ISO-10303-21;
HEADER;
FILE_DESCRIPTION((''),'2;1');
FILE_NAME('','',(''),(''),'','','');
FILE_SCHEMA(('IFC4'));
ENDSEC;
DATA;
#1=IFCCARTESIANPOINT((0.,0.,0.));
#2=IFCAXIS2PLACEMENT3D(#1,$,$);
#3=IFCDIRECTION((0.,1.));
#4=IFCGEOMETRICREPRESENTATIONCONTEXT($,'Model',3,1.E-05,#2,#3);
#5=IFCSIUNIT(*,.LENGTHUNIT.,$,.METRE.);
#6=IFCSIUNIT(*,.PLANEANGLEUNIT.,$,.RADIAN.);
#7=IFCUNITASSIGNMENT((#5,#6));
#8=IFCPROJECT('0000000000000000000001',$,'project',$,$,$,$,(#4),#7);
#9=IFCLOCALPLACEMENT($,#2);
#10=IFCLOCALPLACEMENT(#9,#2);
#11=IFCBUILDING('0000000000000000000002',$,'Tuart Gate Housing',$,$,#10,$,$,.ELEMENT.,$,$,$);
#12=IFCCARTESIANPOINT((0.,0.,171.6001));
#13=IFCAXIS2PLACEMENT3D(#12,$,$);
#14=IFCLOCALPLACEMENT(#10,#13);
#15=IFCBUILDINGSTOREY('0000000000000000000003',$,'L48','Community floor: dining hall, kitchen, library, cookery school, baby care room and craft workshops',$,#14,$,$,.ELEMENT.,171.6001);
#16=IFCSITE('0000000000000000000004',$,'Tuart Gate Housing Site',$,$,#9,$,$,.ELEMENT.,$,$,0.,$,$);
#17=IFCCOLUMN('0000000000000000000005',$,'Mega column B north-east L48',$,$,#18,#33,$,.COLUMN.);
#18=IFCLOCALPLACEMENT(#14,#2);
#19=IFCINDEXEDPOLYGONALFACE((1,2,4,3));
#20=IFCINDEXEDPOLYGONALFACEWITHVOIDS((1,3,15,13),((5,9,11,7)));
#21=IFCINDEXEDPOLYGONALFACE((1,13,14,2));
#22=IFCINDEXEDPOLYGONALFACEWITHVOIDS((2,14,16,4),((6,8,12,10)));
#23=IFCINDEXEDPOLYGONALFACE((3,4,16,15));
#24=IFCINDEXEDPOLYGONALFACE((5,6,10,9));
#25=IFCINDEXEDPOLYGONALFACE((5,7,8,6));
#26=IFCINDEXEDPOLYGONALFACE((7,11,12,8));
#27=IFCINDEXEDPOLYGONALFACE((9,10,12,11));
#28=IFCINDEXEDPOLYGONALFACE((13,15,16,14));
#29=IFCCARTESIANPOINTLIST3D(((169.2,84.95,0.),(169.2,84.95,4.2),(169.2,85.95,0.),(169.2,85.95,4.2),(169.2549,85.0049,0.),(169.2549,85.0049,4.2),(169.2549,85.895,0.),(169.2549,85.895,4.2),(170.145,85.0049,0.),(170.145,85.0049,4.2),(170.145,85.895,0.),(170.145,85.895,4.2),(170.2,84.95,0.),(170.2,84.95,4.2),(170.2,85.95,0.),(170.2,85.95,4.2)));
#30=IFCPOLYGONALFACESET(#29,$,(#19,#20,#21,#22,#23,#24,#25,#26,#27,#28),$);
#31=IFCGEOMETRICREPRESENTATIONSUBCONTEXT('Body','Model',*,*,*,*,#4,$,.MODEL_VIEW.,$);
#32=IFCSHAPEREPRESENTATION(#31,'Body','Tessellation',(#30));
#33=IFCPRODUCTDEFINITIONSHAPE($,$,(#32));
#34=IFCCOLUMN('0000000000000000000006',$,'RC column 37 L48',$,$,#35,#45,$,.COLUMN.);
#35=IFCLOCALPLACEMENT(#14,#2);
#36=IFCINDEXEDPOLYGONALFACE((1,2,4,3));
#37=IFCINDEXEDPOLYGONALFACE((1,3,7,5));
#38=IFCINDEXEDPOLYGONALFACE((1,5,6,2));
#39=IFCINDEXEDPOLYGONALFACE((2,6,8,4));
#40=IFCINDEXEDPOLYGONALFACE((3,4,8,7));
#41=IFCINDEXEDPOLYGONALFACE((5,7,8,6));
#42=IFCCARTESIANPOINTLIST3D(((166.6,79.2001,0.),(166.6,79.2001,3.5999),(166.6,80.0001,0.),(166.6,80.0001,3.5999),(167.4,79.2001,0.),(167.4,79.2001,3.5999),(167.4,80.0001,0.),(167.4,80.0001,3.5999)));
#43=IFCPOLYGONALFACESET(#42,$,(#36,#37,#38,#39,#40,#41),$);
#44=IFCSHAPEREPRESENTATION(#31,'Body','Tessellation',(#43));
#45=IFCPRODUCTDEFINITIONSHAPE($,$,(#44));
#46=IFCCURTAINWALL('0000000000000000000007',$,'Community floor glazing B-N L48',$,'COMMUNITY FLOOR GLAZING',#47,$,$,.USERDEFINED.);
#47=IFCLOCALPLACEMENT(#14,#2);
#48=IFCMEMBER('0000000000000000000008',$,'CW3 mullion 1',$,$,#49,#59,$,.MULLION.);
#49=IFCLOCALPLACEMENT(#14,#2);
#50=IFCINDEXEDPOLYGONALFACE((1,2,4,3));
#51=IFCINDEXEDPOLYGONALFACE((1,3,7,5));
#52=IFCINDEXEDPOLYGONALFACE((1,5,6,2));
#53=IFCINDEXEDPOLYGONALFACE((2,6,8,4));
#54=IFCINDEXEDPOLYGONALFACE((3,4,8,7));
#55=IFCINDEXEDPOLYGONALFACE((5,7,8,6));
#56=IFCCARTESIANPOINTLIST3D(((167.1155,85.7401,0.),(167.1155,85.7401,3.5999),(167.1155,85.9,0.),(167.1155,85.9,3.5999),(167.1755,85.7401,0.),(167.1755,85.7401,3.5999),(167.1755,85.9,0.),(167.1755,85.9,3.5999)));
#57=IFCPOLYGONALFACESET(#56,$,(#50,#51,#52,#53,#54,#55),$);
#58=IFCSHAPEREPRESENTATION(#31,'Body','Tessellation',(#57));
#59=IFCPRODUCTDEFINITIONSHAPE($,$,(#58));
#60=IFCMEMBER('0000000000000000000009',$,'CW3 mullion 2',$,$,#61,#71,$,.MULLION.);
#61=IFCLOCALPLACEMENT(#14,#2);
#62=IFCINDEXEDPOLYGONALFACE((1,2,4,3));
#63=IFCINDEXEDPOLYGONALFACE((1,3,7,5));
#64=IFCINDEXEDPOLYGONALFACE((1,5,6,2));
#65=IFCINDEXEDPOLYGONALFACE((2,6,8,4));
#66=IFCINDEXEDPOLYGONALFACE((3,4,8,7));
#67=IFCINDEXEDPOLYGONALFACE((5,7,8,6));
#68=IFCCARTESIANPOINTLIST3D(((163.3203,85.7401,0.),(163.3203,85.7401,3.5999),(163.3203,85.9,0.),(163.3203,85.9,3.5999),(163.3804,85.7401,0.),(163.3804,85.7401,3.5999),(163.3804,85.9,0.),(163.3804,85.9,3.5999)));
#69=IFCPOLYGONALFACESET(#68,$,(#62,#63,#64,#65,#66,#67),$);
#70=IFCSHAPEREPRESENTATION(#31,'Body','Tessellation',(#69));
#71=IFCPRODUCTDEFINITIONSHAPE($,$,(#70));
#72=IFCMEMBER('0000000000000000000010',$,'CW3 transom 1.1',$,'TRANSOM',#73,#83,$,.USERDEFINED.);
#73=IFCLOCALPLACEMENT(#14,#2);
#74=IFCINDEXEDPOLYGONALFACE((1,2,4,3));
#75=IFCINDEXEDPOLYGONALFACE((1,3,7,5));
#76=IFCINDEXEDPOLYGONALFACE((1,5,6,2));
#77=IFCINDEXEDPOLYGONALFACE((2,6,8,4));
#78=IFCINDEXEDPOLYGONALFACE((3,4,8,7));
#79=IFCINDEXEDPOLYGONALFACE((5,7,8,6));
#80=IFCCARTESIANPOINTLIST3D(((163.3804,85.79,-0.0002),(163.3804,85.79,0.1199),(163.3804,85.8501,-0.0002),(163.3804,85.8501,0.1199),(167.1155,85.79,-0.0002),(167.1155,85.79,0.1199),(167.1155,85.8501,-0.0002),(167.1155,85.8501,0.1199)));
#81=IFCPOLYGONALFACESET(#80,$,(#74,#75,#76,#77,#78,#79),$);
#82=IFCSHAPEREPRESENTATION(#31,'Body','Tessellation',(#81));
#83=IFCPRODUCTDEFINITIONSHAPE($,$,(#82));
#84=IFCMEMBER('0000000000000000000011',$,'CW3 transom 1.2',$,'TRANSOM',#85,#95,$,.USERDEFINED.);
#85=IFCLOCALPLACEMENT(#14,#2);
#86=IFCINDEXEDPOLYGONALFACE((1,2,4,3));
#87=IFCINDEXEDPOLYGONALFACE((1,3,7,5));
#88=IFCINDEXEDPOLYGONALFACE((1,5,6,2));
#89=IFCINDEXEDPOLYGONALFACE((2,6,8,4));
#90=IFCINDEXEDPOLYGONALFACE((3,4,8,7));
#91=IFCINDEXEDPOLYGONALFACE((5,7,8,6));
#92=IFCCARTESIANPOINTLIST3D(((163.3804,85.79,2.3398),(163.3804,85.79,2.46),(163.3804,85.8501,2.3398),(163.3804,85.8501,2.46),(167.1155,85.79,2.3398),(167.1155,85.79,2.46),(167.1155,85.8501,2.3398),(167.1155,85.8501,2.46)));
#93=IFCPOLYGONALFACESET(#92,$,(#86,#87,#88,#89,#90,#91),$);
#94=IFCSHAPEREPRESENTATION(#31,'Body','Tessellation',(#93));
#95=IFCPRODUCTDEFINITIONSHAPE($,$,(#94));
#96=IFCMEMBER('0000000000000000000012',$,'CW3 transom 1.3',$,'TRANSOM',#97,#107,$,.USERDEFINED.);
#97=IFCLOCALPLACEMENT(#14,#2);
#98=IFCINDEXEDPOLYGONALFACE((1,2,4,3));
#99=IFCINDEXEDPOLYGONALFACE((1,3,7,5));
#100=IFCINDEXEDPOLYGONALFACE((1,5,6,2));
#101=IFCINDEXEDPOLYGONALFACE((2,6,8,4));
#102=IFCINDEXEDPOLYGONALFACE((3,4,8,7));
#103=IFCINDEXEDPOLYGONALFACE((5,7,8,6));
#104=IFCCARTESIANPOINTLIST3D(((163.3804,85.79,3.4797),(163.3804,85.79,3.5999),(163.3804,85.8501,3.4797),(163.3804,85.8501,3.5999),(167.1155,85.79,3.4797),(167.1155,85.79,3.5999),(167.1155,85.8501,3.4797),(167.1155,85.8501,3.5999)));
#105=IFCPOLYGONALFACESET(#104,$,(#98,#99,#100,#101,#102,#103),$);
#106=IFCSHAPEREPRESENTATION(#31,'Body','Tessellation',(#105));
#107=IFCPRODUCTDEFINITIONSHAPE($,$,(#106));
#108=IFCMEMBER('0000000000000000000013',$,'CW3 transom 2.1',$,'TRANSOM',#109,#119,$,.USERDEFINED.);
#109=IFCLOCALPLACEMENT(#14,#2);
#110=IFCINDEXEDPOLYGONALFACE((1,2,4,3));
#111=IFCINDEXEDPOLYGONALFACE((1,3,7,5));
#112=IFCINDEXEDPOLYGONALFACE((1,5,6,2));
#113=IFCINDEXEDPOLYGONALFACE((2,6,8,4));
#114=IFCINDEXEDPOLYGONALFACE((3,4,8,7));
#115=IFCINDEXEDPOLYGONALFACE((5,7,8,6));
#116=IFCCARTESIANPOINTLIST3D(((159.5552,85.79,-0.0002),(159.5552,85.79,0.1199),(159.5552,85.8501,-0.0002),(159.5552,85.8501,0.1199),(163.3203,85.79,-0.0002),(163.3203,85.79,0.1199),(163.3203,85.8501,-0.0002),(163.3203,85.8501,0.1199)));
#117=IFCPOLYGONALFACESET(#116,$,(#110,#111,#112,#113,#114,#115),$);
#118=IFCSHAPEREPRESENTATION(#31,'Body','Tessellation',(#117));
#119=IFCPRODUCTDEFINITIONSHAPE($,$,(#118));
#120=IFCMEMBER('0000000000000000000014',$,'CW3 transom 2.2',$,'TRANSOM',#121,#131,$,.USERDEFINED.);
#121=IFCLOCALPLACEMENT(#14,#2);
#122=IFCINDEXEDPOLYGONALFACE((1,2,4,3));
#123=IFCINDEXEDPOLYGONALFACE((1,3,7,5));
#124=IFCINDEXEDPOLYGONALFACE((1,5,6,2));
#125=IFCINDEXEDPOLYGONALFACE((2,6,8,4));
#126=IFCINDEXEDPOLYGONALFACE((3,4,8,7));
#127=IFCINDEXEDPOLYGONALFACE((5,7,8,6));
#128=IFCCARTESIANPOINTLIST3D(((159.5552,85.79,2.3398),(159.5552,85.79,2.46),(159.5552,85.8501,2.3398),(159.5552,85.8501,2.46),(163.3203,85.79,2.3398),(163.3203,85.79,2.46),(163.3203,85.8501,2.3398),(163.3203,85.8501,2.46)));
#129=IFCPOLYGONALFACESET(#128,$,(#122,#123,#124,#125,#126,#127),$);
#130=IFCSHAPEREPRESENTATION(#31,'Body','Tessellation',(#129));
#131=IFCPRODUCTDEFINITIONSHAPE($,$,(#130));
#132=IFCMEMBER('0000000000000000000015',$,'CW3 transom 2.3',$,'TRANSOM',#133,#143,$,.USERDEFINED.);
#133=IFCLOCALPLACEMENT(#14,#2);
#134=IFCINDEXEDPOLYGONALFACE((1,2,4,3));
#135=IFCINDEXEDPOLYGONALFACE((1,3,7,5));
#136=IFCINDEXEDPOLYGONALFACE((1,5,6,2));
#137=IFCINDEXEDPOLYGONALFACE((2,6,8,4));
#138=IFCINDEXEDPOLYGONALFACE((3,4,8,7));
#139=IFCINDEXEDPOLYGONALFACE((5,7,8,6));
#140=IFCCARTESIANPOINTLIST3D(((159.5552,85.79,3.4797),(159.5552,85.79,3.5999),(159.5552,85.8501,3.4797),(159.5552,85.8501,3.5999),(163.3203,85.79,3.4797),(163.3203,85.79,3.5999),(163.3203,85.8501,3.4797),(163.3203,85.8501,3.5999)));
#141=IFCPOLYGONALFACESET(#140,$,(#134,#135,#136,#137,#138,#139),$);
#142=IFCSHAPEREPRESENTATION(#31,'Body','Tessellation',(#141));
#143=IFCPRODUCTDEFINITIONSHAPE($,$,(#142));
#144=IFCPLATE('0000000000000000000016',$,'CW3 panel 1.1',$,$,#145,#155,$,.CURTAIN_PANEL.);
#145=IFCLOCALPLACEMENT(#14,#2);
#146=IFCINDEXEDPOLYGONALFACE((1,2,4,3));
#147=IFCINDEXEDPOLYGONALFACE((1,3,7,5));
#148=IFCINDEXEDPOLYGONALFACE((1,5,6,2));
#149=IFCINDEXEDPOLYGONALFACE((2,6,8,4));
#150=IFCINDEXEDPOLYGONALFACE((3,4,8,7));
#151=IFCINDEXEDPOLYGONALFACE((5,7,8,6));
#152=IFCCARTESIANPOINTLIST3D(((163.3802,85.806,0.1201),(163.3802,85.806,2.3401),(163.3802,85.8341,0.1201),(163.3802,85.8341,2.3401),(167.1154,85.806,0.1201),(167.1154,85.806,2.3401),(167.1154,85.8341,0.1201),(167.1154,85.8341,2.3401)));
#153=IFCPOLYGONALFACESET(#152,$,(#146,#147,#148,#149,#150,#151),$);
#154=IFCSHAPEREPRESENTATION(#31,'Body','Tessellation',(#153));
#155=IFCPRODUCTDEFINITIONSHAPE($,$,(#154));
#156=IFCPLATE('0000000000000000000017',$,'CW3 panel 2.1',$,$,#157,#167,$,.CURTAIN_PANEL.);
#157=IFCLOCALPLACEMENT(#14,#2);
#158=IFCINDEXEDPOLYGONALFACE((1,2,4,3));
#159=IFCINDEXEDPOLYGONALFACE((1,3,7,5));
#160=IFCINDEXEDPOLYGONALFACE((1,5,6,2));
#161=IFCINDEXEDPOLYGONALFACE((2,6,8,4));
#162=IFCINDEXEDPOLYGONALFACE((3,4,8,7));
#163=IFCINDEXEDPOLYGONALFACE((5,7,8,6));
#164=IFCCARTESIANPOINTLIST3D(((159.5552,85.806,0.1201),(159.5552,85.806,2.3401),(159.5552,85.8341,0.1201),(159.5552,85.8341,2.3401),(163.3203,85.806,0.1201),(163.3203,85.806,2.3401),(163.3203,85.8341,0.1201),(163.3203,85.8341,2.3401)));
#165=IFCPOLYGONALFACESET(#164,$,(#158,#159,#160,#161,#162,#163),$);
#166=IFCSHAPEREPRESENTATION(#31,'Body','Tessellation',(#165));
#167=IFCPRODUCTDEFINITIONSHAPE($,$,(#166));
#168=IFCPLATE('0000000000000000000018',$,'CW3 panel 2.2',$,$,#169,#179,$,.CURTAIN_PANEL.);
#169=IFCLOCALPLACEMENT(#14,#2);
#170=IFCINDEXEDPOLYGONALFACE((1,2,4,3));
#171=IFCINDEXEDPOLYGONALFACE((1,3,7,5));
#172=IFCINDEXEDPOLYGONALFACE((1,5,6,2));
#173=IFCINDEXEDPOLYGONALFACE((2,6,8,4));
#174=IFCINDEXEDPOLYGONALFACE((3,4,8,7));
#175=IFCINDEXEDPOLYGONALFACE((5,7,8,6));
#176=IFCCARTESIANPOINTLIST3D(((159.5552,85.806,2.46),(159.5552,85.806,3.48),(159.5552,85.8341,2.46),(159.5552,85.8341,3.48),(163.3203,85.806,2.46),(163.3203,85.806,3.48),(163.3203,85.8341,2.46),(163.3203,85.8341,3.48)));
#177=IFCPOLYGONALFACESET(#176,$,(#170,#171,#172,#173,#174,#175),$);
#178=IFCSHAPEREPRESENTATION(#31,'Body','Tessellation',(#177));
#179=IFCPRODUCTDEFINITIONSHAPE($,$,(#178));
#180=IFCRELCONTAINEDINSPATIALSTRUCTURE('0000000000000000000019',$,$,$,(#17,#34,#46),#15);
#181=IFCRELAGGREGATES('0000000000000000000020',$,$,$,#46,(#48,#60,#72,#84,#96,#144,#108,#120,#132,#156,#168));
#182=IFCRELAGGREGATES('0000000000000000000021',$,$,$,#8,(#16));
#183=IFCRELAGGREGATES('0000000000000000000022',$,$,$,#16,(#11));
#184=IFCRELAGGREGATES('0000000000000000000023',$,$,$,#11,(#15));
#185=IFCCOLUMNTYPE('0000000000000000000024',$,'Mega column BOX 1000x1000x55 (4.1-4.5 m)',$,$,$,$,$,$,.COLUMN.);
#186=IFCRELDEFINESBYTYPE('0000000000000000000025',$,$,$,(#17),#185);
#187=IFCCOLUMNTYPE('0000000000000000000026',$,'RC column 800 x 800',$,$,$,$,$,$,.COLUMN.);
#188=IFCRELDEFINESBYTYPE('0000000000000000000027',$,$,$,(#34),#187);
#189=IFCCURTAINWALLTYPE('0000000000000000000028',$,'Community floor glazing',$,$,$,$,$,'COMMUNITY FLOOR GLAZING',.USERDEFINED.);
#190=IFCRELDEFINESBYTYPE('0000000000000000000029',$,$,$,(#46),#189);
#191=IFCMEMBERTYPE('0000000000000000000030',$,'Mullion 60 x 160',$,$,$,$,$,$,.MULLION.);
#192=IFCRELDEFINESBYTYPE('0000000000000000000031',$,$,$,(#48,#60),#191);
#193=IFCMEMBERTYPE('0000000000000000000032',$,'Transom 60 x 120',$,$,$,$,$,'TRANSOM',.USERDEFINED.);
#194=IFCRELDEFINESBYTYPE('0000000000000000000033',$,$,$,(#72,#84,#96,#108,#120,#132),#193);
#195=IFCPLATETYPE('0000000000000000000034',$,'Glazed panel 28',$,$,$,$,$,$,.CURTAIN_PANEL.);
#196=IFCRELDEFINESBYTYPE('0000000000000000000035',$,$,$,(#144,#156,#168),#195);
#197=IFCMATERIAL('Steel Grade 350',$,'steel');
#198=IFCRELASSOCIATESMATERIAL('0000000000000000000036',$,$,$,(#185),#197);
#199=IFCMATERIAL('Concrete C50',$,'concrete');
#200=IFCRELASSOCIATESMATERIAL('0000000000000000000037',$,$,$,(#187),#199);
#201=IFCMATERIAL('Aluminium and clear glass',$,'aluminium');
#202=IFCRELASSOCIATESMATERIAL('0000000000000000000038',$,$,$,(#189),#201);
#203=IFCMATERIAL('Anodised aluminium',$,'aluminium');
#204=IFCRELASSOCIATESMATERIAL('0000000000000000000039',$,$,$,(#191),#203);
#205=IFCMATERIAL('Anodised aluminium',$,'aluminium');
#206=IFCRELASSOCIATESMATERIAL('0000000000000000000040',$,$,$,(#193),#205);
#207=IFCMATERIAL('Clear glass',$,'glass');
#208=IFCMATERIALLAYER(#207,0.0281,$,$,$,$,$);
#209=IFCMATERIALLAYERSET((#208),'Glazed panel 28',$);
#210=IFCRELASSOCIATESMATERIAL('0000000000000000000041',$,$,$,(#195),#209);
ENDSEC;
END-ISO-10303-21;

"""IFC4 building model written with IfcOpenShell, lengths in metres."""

from ifc_helpers import new_model, si_unit, direction, frame, origin, origin_2d, place, context, subcontext, project, spatial, rectangle, hollow_rectangle, extrude, material, layer, layer_set, material_profile, profile_set, type_object, element, aggregate, save


model = new_model("IFC4")

# Units and contexts
model_context = context("Model", 3, precision=1e-05, world=origin(), true_north=direction((0.0, 1.0)))
body_context = subcontext(model_context, "Body", "Model", "MODEL_VIEW")
ifc_project = project(units=[si_unit("LENGTHUNIT", "METRE"), si_unit("PLANEANGLEUNIT", "RADIAN")], contexts=[model_context])

# Site, building, storey
site_placement = place(None, origin())
site = spatial("IfcSite", under=ifc_project, at=site_placement, Name="Tuart Gate Housing Site", CompositionType="ELEMENT", RefElevation=0.0)
building_placement = place(site_placement, origin())
building = spatial("IfcBuilding", under=site, at=building_placement, Name="Tuart Gate Housing", CompositionType="ELEMENT")
storey_placement = place(building_placement, frame((0.0, 0.0, 171.6001)))
storey = spatial("IfcBuildingStorey", under=building, at=storey_placement, Name="L48", Description="Community floor: dining hall, kitchen, library, cookery school, baby care room and craft workshops", CompositionType="ELEMENT", Elevation=171.6001)

# Columns
ifc_material_1 = material(Name="Steel Grade 350", Category="steel")
ifc_material_profile_1 = material_profile(ifc_material_1, hollow_rectangle(XDim=1.0, YDim=1.0, WallThickness=0.0549, at=origin_2d()), Name="BOX 1000x1000x55")
ifc_profile_set_1 = profile_set([ifc_material_profile_1], Name="Steel Grade 350")
column_type_1 = type_object("IfcColumnType", Name="Mega column BOX 1000x1000x55 (4.1-4.5 m)", PredefinedType="COLUMN", material=ifc_profile_set_1)
column_1_placement = place(storey_placement, frame((169.7, 85.45, 0.0), z_axis=(0.0, 0.0, 1.0), x_axis=(1.0, 0.0, 0.0)))
element("IfcColumn", 1, at=column_1_placement, inside=storey, type_object=column_type_1, Name="Mega column B north-east L48", PredefinedType="COLUMN", context=body_context, shape_type="SweptSolid", body=[
    extrude(hollow_rectangle(XDim=1.0, YDim=1.0, WallThickness=0.0549, at=origin_2d()), origin(), (0.0, 0.0, 1.0), 4.2),
])
ifc_material_2 = material(Name="Concrete C50", Category="concrete")
ifc_material_profile_2 = material_profile(ifc_material_2, rectangle(XDim=0.8, YDim=0.8, at=origin_2d()), Name="RC column 800 x 800")
ifc_profile_set_2 = profile_set([ifc_material_profile_2], Name="Concrete C50")
column_type_2 = type_object("IfcColumnType", Name="RC column 800 x 800", PredefinedType="COLUMN", material=ifc_profile_set_2)
column_2_placement = place(storey_placement, frame((167.0, 79.6001, 0.0), z_axis=(0.0, 0.0, 1.0), x_axis=(1.0, 0.0, 0.0)))
element("IfcColumn", 2, at=column_2_placement, inside=storey, type_object=column_type_2, Name="RC column 37 L48", PredefinedType="COLUMN", context=body_context, shape_type="SweptSolid", body=[
    extrude(rectangle(XDim=0.8, YDim=0.8, at=origin_2d()), origin(), (0.0, 0.0, 1.0), 3.5999),
])

# Curtain wall, members, plates
ifc_material_3 = material(Name="Aluminium and clear glass", Category="aluminium")
curtain_wall_type = type_object("IfcCurtainWallType", Name="Community floor glazing", ElementType="COMMUNITY FLOOR GLAZING", PredefinedType="USERDEFINED", material=ifc_material_3)
curtain_wall_placement = place(storey_placement, origin())
curtain_wall = element("IfcCurtainWall", 3, at=curtain_wall_placement, inside=storey, type_object=curtain_wall_type, Name="Community floor glazing B-N L48", ObjectType="COMMUNITY FLOOR GLAZING", PredefinedType="USERDEFINED")
ifc_material_4 = material(Name="Anodised aluminium", Category="aluminium")
ifc_material_profile_3 = material_profile(ifc_material_4, rectangle(XDim=0.0601, YDim=0.1599, at=origin_2d()), Name="60x160")
ifc_profile_set_3 = profile_set([ifc_material_profile_3], Name="Anodised aluminium")
member_type_1 = type_object("IfcMemberType", Name="Mullion 60 x 160", PredefinedType="MULLION", material=ifc_profile_set_3)
member_1_placement = place(storey_placement, frame((167.1455, 85.8201, 0.0), z_axis=(0.0, 0.0, 1.0), x_axis=(-1.0, 0.0, 0.0)))
member_1 = element("IfcMember", 4, at=member_1_placement, type_object=member_type_1, Name="CW3 mullion 1", PredefinedType="MULLION", context=body_context, shape_type="SweptSolid", body=[
    extrude(rectangle(XDim=0.0601, YDim=0.1599, at=origin_2d()), origin(), (0.0, 0.0, 1.0), 3.5999),
])
member_2_placement = place(storey_placement, frame((163.3503, 85.8201, 0.0), z_axis=(0.0, 0.0, 1.0), x_axis=(-1.0, 0.0, 0.0)))
member_2 = element("IfcMember", 5, at=member_2_placement, type_object=member_type_1, Name="CW3 mullion 2", PredefinedType="MULLION", context=body_context, shape_type="SweptSolid", body=[
    extrude(rectangle(XDim=0.0601, YDim=0.1599, at=origin_2d()), origin(), (0.0, 0.0, 1.0), 3.5999),
])
ifc_material_5 = material(Name="Anodised aluminium", Category="aluminium")
ifc_material_profile_4 = material_profile(ifc_material_5, rectangle(XDim=0.0601, YDim=0.1201, at=origin_2d()), Name="60x120")
ifc_profile_set_4 = profile_set([ifc_material_profile_4], Name="Anodised aluminium")
member_type_2 = type_object("IfcMemberType", Name="Transom 60 x 120", ElementType="TRANSOM", PredefinedType="USERDEFINED", material=ifc_profile_set_4)
member_3_placement = place(storey_placement, frame((167.1155, 85.8201, 0.0598), z_axis=(-1.0, 0.0, 0.0), x_axis=(0.0, -1.0, 0.0)))
member_3 = element("IfcMember", 6, at=member_3_placement, type_object=member_type_2, Name="CW3 transom 1.1", ObjectType="TRANSOM", PredefinedType="USERDEFINED", context=body_context, shape_type="SweptSolid", body=[
    extrude(rectangle(XDim=0.0601, YDim=0.1201, at=origin_2d()), origin(), (0.0, 0.0, 1.0), 3.7351),
])
member_4_placement = place(storey_placement, frame((167.1155, 85.8201, 2.3999), z_axis=(-1.0, 0.0, 0.0), x_axis=(0.0, -1.0, 0.0)))
member_4 = element("IfcMember", 7, at=member_4_placement, type_object=member_type_2, Name="CW3 transom 1.2", ObjectType="TRANSOM", PredefinedType="USERDEFINED", context=body_context, shape_type="SweptSolid", body=[
    extrude(rectangle(XDim=0.0601, YDim=0.1201, at=origin_2d()), origin(), (0.0, 0.0, 1.0), 3.7351),
])
member_5_placement = place(storey_placement, frame((167.1155, 85.8201, 3.5398), z_axis=(-1.0, 0.0, 0.0), x_axis=(0.0, -1.0, 0.0)))
member_5 = element("IfcMember", 8, at=member_5_placement, type_object=member_type_2, Name="CW3 transom 1.3", ObjectType="TRANSOM", PredefinedType="USERDEFINED", context=body_context, shape_type="SweptSolid", body=[
    extrude(rectangle(XDim=0.0601, YDim=0.1201, at=origin_2d()), origin(), (0.0, 0.0, 1.0), 3.7351),
])
member_6_placement = place(storey_placement, frame((163.3203, 85.8201, 0.0598), z_axis=(-1.0, 0.0, 0.0), x_axis=(0.0, -1.0, 0.0)))
member_6 = element("IfcMember", 9, at=member_6_placement, type_object=member_type_2, Name="CW3 transom 2.1", ObjectType="TRANSOM", PredefinedType="USERDEFINED", context=body_context, shape_type="SweptSolid", body=[
    extrude(rectangle(XDim=0.0601, YDim=0.1201, at=origin_2d()), origin(), (0.0, 0.0, 1.0), 3.7651),
])
member_7_placement = place(storey_placement, frame((163.3203, 85.8201, 2.3999), z_axis=(-1.0, 0.0, 0.0), x_axis=(0.0, -1.0, 0.0)))
member_7 = element("IfcMember", 10, at=member_7_placement, type_object=member_type_2, Name="CW3 transom 2.2", ObjectType="TRANSOM", PredefinedType="USERDEFINED", context=body_context, shape_type="SweptSolid", body=[
    extrude(rectangle(XDim=0.0601, YDim=0.1201, at=origin_2d()), origin(), (0.0, 0.0, 1.0), 3.7651),
])
member_8_placement = place(storey_placement, frame((163.3203, 85.8201, 3.5398), z_axis=(-1.0, 0.0, 0.0), x_axis=(0.0, -1.0, 0.0)))
member_8 = element("IfcMember", 11, at=member_8_placement, type_object=member_type_2, Name="CW3 transom 2.3", ObjectType="TRANSOM", PredefinedType="USERDEFINED", context=body_context, shape_type="SweptSolid", body=[
    extrude(rectangle(XDim=0.0601, YDim=0.1201, at=origin_2d()), origin(), (0.0, 0.0, 1.0), 3.7651),
])
ifc_material_6 = material(Name="Clear glass", Category="glass")
ifc_layer_1 = layer(ifc_material_6, 0.0281)
ifc_layer_set_1 = layer_set([ifc_layer_1], Name="Glazed panel 28")
plate_type_1 = type_object("IfcPlateType", Name="Glazed panel 28", PredefinedType="CURTAIN_PANEL", material=ifc_layer_set_1)
plate_1_placement = place(storey_placement, frame((165.2478, 85.8201, 0.1201), z_axis=(0.0, 0.0, 1.0), x_axis=(-1.0, 0.0, 0.0)))
plate_1 = element("IfcPlate", 12, at=plate_1_placement, type_object=plate_type_1, Name="CW3 panel 1.1", PredefinedType="CURTAIN_PANEL", context=body_context, shape_type="SweptSolid", body=[
    extrude(rectangle(XDim=3.7351, YDim=0.0281, at=origin_2d()), origin(), (0.0, 0.0, 1.0), 2.22),
])
plate_2_placement = place(storey_placement, frame((161.4377, 85.8201, 0.1201), z_axis=(0.0, 0.0, 1.0), x_axis=(-1.0, 0.0, 0.0)))
plate_2 = element("IfcPlate", 13, at=plate_2_placement, type_object=plate_type_1, Name="CW3 panel 2.1", PredefinedType="CURTAIN_PANEL", context=body_context, shape_type="SweptSolid", body=[
    extrude(rectangle(XDim=3.7651, YDim=0.0281, at=origin_2d()), origin(), (0.0, 0.0, 1.0), 2.22),
])
plate_3_placement = place(storey_placement, frame((161.4377, 85.8201, 2.46), z_axis=(0.0, 0.0, 1.0), x_axis=(-1.0, 0.0, 0.0)))
plate_3 = element("IfcPlate", 14, at=plate_3_placement, type_object=plate_type_1, Name="CW3 panel 2.2", PredefinedType="CURTAIN_PANEL", context=body_context, shape_type="SweptSolid", body=[
    extrude(rectangle(XDim=3.7651, YDim=0.0281, at=origin_2d()), origin(), (0.0, 0.0, 1.0), 1.02),
])
aggregate(curtain_wall, [member_1, member_2, member_3, member_4, member_5, plate_1, member_6, member_7, member_8, plate_2, plate_3])

save(model, "model.ifc")
